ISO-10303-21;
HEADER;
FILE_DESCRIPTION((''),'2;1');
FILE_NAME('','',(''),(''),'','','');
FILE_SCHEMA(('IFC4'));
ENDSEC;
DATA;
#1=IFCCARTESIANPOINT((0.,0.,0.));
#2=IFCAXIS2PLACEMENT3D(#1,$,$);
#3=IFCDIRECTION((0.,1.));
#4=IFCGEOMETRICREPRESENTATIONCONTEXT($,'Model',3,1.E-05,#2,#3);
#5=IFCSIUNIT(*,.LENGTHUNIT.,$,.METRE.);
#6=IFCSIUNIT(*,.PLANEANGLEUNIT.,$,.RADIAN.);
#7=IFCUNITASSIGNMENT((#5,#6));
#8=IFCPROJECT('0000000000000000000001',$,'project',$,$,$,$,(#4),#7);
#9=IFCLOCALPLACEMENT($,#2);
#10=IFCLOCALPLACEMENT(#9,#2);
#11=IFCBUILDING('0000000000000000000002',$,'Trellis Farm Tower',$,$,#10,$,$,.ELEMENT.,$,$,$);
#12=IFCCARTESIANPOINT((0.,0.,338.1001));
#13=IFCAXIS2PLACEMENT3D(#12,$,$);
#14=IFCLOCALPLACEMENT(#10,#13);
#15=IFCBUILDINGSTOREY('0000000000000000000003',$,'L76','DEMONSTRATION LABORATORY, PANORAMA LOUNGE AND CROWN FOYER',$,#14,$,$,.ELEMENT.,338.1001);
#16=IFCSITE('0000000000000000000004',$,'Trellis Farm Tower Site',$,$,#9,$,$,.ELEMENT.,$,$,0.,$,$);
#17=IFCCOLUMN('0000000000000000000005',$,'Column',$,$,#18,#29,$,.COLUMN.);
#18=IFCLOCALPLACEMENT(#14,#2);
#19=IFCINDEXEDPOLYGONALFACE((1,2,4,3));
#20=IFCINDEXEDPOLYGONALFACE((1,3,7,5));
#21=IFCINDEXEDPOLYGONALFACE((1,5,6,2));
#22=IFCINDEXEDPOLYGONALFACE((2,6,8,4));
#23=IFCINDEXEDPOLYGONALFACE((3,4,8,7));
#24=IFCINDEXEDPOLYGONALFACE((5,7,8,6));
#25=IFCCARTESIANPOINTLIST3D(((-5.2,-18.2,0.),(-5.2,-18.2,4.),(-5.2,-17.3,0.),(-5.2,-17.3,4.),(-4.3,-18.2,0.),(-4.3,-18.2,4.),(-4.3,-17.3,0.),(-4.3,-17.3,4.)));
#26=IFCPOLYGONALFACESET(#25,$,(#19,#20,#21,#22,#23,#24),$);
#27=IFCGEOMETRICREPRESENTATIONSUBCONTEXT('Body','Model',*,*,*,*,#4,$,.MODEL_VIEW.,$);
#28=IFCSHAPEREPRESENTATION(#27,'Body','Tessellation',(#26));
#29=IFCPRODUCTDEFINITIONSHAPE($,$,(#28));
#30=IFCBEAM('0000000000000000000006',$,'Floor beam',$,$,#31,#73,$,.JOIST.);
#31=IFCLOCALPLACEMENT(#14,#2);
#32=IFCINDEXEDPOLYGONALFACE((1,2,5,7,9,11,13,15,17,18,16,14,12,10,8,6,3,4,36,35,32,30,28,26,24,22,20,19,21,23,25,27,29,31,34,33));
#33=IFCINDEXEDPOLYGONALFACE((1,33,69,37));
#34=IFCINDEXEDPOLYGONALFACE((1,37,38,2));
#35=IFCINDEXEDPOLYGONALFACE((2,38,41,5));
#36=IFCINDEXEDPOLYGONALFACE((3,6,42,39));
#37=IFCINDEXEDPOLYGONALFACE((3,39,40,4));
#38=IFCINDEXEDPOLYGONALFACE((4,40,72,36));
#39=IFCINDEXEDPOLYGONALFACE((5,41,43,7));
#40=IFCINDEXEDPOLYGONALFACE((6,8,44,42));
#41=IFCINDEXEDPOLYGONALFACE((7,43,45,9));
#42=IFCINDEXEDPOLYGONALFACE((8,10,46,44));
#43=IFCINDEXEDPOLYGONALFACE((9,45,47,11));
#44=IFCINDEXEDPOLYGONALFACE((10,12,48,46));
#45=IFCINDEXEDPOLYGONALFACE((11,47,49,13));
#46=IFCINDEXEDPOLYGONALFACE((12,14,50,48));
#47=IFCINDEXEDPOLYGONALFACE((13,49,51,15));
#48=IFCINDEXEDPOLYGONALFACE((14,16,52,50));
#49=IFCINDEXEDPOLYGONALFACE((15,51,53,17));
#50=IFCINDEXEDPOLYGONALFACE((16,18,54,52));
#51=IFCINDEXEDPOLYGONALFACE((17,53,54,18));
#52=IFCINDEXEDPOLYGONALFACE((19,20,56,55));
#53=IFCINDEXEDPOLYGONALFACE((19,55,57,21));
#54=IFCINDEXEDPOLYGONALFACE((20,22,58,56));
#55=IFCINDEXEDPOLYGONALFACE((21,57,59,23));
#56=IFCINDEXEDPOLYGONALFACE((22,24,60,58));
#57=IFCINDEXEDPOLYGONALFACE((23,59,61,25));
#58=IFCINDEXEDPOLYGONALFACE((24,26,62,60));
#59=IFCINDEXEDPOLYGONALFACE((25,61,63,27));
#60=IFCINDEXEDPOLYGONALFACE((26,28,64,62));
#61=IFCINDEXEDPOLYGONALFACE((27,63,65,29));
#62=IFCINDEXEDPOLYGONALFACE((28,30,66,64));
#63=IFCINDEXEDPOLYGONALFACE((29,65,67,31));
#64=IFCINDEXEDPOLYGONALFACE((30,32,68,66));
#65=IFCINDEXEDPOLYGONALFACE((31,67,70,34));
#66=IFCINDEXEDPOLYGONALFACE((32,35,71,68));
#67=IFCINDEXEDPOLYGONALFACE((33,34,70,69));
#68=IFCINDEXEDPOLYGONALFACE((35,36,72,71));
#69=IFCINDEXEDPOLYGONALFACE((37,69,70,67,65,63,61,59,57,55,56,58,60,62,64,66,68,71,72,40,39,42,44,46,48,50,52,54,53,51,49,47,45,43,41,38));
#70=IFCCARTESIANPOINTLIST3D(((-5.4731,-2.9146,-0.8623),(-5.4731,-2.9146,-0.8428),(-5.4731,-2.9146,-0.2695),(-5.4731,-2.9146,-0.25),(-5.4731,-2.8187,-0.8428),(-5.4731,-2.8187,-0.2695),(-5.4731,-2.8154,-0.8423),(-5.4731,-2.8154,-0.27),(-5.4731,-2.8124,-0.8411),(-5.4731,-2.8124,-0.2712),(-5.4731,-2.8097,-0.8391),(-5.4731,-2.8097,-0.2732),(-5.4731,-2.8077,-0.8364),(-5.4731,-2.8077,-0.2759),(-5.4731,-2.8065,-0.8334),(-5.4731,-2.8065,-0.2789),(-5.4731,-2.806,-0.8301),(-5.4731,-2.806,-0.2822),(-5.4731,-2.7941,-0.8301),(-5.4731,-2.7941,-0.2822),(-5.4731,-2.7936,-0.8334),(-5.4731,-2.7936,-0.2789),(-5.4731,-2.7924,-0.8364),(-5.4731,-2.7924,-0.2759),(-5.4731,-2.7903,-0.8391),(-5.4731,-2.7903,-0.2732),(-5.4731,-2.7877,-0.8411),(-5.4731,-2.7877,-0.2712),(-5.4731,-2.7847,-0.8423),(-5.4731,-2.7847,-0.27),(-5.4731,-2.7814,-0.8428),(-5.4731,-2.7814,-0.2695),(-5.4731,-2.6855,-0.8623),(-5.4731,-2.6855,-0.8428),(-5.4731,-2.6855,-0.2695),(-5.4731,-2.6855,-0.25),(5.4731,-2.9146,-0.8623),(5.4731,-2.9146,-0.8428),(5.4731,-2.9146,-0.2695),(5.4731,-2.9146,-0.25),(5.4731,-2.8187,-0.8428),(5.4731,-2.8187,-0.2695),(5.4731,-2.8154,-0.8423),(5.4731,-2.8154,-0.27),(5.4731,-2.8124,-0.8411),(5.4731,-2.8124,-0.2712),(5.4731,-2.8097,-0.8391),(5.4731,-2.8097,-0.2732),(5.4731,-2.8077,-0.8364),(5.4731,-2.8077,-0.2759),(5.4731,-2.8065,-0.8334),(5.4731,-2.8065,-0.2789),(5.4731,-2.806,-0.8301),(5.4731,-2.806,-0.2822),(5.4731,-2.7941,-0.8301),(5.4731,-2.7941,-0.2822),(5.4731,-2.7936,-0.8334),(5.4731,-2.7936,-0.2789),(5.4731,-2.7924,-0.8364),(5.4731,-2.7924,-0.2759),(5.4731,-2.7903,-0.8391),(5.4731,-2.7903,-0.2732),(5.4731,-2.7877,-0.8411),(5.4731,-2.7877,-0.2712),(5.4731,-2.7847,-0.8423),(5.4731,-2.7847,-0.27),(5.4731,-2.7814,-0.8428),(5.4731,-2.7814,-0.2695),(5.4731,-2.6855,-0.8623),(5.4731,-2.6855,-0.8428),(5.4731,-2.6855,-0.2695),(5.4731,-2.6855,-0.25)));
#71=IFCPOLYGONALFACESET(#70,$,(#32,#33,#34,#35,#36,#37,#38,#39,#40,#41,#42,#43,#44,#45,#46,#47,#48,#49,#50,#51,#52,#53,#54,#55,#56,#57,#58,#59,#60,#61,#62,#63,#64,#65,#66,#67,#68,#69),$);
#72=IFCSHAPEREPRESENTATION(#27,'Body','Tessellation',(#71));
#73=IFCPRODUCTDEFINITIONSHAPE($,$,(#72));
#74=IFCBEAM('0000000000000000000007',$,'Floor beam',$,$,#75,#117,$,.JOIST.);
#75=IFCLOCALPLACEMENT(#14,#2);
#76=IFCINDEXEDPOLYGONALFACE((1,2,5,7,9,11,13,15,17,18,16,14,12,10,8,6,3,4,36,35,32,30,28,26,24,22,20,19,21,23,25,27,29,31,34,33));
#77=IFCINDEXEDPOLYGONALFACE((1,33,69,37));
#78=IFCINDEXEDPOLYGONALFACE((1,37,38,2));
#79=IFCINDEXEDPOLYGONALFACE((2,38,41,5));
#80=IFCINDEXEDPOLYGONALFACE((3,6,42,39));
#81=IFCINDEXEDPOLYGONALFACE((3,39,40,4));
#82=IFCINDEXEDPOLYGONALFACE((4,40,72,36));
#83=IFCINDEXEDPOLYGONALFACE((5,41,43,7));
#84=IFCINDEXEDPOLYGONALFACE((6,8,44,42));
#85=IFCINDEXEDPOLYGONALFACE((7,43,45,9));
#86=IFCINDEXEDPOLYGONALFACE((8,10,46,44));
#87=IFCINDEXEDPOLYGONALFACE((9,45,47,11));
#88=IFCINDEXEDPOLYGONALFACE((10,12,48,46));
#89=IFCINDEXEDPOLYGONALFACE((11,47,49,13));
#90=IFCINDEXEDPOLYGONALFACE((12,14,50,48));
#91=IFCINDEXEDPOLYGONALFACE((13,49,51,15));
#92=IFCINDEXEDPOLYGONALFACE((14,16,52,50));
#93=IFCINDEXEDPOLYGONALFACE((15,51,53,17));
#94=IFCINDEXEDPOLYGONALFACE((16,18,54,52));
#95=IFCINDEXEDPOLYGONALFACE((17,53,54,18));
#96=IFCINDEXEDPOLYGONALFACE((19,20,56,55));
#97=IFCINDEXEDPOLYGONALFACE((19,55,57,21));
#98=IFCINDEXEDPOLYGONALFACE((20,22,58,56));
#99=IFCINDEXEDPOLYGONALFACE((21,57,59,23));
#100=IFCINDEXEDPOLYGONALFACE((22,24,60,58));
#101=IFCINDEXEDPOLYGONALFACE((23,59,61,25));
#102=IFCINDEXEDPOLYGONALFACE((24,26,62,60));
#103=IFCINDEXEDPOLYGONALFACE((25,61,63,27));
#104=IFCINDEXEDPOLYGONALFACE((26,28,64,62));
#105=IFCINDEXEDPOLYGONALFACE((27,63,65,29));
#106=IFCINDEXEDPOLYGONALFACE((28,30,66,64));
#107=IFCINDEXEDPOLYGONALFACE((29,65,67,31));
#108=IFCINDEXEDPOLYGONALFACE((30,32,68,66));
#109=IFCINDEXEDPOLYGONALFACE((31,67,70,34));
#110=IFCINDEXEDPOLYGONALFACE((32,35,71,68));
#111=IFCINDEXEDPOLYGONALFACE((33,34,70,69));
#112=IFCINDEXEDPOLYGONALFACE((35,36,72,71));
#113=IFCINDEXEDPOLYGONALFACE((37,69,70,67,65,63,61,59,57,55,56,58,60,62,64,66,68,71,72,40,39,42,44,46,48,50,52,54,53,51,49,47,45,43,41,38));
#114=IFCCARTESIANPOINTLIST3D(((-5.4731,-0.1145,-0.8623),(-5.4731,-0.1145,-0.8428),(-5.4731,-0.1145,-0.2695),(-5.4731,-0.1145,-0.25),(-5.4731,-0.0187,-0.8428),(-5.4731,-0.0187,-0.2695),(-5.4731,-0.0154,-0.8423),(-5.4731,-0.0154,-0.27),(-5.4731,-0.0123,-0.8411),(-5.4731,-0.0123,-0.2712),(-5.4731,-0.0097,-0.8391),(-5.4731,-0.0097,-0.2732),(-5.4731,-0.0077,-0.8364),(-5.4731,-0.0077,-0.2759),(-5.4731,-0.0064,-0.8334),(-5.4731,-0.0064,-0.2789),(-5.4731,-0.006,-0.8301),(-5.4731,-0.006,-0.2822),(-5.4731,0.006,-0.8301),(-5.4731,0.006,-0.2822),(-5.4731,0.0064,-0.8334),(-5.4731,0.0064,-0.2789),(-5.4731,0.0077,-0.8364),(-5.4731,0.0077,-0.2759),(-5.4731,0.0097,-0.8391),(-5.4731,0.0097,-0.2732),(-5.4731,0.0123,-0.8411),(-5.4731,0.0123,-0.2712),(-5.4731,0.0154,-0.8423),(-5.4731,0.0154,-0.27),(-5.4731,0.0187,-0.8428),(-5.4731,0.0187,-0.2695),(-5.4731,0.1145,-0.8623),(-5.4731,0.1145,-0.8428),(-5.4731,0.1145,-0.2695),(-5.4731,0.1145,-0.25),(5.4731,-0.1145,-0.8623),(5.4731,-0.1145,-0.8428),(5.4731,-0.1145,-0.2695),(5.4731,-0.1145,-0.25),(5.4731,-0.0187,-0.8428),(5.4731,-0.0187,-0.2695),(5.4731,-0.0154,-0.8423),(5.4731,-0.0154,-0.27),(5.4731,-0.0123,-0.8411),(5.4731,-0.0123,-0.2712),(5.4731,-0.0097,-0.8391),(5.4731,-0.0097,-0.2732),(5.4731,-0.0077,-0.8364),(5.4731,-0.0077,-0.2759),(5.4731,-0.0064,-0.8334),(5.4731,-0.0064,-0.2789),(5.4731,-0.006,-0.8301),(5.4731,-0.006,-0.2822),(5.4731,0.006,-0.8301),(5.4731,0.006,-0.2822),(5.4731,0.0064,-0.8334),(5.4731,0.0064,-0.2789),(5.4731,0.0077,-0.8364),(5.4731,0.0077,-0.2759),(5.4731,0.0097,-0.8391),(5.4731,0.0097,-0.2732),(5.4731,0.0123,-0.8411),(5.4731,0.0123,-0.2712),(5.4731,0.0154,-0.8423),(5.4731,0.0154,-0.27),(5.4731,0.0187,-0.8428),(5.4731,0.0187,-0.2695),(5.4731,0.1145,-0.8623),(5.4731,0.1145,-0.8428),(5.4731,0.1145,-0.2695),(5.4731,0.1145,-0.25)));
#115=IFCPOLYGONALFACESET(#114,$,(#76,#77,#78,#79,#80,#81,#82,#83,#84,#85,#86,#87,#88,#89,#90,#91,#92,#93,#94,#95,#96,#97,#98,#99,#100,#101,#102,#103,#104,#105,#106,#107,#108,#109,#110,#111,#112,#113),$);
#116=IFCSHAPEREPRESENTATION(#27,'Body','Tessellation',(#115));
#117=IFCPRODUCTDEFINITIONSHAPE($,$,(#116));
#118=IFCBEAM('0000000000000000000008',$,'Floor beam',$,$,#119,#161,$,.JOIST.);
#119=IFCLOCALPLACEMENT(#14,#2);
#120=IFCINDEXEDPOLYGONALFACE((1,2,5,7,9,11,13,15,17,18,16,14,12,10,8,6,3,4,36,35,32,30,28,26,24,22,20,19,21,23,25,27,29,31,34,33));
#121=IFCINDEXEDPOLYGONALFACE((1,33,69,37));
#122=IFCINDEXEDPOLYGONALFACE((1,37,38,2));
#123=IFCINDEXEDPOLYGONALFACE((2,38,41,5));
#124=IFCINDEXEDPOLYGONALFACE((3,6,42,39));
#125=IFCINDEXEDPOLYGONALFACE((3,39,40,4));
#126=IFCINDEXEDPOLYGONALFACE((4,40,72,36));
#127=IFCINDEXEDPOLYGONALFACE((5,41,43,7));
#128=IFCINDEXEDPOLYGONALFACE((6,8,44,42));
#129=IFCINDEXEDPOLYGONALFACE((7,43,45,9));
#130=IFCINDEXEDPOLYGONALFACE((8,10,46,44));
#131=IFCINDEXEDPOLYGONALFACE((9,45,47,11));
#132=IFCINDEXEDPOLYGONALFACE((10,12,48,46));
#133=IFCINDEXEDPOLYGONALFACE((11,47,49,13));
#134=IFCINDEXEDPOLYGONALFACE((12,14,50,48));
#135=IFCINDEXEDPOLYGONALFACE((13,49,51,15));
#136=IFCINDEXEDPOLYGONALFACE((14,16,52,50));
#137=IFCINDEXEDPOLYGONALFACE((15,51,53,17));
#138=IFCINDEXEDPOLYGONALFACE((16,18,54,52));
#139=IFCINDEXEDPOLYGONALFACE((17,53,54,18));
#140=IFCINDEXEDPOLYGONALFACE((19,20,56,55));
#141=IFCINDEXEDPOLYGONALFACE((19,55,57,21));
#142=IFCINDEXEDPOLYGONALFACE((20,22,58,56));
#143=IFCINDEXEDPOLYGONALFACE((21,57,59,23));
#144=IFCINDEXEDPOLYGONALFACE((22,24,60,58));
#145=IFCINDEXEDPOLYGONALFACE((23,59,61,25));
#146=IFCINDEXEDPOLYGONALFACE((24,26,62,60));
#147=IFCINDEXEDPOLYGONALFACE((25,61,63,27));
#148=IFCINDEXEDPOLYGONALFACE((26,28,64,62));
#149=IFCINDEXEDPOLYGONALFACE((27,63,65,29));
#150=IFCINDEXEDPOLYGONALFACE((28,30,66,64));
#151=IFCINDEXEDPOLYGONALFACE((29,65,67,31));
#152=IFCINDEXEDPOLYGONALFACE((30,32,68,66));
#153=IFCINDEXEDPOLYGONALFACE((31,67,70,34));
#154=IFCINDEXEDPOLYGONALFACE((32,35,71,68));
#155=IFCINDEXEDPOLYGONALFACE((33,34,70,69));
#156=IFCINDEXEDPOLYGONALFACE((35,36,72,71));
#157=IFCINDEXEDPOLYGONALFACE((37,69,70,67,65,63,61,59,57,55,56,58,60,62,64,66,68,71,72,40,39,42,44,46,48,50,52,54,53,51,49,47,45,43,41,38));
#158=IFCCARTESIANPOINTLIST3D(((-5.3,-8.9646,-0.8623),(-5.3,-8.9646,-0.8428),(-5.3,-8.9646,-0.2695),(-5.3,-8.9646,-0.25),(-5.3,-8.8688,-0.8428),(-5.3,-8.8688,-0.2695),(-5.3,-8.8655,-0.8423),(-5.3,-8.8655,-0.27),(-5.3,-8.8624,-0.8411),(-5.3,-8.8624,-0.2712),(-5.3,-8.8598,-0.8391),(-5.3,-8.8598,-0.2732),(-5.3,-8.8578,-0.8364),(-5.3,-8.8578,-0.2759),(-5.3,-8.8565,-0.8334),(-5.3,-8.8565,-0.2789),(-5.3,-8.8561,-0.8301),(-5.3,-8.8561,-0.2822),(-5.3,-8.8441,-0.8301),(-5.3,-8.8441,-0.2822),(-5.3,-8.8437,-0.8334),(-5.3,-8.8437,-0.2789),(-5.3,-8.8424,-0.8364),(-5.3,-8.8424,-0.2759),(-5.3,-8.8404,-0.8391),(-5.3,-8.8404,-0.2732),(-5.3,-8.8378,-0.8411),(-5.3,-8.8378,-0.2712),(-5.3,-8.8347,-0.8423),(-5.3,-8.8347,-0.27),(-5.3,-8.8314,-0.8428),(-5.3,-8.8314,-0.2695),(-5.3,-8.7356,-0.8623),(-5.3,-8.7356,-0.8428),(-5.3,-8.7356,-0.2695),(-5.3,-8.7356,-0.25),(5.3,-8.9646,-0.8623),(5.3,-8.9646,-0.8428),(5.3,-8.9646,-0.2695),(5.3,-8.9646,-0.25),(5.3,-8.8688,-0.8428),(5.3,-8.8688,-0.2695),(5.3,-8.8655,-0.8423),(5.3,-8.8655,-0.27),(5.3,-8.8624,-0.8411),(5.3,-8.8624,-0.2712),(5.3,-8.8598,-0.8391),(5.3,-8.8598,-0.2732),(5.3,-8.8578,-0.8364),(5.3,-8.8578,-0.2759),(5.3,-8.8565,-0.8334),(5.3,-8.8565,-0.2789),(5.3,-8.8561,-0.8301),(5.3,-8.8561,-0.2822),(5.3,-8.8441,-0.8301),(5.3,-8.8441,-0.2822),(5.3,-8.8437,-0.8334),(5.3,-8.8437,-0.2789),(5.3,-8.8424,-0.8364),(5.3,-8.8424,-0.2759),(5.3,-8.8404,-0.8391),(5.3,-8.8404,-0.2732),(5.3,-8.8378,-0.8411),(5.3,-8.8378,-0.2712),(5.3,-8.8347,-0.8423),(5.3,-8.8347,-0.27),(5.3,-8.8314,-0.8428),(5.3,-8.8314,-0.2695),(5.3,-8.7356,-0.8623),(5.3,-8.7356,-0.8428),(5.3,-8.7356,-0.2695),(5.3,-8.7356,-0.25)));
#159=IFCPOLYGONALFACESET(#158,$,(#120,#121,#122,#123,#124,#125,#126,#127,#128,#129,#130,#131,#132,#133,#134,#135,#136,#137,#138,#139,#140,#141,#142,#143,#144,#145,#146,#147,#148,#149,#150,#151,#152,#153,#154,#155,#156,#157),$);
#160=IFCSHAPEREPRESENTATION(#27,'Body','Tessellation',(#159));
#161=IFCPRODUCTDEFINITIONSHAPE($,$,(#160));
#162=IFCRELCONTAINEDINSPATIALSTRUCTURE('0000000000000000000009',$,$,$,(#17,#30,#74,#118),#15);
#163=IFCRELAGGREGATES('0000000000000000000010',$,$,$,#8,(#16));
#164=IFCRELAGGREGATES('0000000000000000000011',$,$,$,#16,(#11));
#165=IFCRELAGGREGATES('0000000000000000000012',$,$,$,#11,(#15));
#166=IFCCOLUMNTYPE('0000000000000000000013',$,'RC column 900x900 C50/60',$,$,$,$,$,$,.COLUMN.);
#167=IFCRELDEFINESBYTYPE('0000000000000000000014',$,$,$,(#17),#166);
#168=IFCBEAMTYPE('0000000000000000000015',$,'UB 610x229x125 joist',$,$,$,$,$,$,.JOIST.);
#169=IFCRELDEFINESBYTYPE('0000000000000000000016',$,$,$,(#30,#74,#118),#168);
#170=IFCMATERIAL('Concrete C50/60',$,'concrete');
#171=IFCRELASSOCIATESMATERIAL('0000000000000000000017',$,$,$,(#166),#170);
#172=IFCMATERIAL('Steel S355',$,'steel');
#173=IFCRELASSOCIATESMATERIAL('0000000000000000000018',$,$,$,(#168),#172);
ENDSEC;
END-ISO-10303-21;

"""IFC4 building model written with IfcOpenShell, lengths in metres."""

from ifc_helpers import new_model, si_unit, direction, frame, origin, origin_2d, place, context, subcontext, project, spatial, rectangle, i_section, extrude, source, transform, mapped, material, material_profile, profile_set, type_object, element, save


model = new_model("IFC4")

# Units and contexts
model_context = context("Model", 3, precision=1e-05, world=origin(), true_north=direction((0.0, 1.0)))
body_context = subcontext(model_context, "Body", "Model", "MODEL_VIEW")
ifc_project = project(units=[si_unit("LENGTHUNIT", "METRE"), si_unit("PLANEANGLEUNIT", "RADIAN")], contexts=[model_context])

# Site, building, storey
site_placement = place(None, origin())
site = spatial("IfcSite", under=ifc_project, at=site_placement, Name="Trellis Farm Tower Site", CompositionType="ELEMENT", RefElevation=0.0)
building_placement = place(site_placement, origin())
building = spatial("IfcBuilding", under=site, at=building_placement, Name="Trellis Farm Tower", CompositionType="ELEMENT")
storey_placement = place(building_placement, frame((0.0, 0.0, 338.1001)))
storey = spatial("IfcBuildingStorey", under=building, at=storey_placement, Name="L76", Description="DEMONSTRATION LABORATORY, PANORAMA LOUNGE AND CROWN FOYER", CompositionType="ELEMENT", Elevation=338.1001)

# Column
ifc_material_1 = material(Name="Concrete C50/60", Category="concrete")
ifc_material_profile_1 = material_profile(ifc_material_1, rectangle(XDim=0.8999, YDim=0.8999, at=origin_2d()), Name="RC column 900x900 C50/60")
ifc_profile_set_1 = profile_set([ifc_material_profile_1], Name="Concrete C50/60")
column_type = type_object("IfcColumnType", Name="RC column 900x900 C50/60", PredefinedType="COLUMN", material=ifc_profile_set_1)
shared_shape_1 = source(origin(), body_context, "Body", "SweptSolid", [
    extrude(rectangle(XDim=0.8999, YDim=0.8999, at=origin_2d()), origin(), (0.0, 0.0, 1.0), 4.0),
])
column_placement = place(storey_placement, frame((-4.75, -17.75, 0.0), z_axis=(0.0, 0.0, 1.0), x_axis=(1.0, 0.0, 0.0)))
element("IfcColumn", 1, at=column_placement, inside=storey, type_object=column_type, Name="Column", PredefinedType="COLUMN", context=body_context, shape_type="MappedRepresentation", body=[
    mapped(shared_shape_1, transform((0.0, 0.0, 0.0))),
])

# Beams
ifc_material_2 = material(Name="Steel S355", Category="steel")
ifc_material_profile_2 = material_profile(ifc_material_2, i_section(OverallWidth=0.229, OverallDepth=0.6123, WebThickness=0.012, FlangeThickness=0.0195, FilletRadius=0.0127, at=origin_2d()), Name="UB 610x229x125")
ifc_profile_set_2 = profile_set([ifc_material_profile_2], Name="Steel S355")
beam_type_1 = type_object("IfcBeamType", Name="UB 610x229x125 joist", PredefinedType="JOIST", material=ifc_profile_set_2)
shared_shape_2 = source(origin(), body_context, "Body", "SweptSolid", [
    extrude(i_section(OverallWidth=0.229, OverallDepth=0.6123, WebThickness=0.012, FlangeThickness=0.0195, FilletRadius=0.0127, at=origin_2d()), origin(), (0.0, 0.0, 1.0), 10.9463),
])
for number, where, z_axis, x_axis, name in (
    (2, (-5.4731, -2.8, -0.5562), (1.0, 0.0, 0.0), (0.0, 1.0, 0.0), "Floor beam"),
    (3, (-5.4731, 0.0, -0.5562), (1.0, 0.0, 0.0), (0.0, 1.0, 0.0), "Floor beam"),
):
    element("IfcBeam", number, at=place(storey_placement, frame(where, z_axis=z_axis, x_axis=x_axis)), inside=storey, type_object=beam_type_1, Name=name, PredefinedType="JOIST", context=body_context, shape_type="MappedRepresentation", body=[
        mapped(shared_shape_2, transform((0.0, 0.0, 0.0))),
    ])
shared_shape_3 = source(origin(), body_context, "Body", "SweptSolid", [
    extrude(i_section(OverallWidth=0.229, OverallDepth=0.6123, WebThickness=0.012, FlangeThickness=0.0195, FilletRadius=0.0127, at=origin_2d()), origin(), (0.0, 0.0, 1.0), 10.6001),
])
beam_1_placement = place(storey_placement, frame((-5.3, -8.8501, -0.5562), z_axis=(1.0, 0.0, 0.0), x_axis=(0.0, 1.0, 0.0)))
element("IfcBeam", 4, at=beam_1_placement, inside=storey, type_object=beam_type_1, Name="Floor beam", PredefinedType="JOIST", context=body_context, shape_type="MappedRepresentation", body=[
    mapped(shared_shape_3, transform((0.0, 0.0, 0.0))),
])

save(model, "model.ifc")
